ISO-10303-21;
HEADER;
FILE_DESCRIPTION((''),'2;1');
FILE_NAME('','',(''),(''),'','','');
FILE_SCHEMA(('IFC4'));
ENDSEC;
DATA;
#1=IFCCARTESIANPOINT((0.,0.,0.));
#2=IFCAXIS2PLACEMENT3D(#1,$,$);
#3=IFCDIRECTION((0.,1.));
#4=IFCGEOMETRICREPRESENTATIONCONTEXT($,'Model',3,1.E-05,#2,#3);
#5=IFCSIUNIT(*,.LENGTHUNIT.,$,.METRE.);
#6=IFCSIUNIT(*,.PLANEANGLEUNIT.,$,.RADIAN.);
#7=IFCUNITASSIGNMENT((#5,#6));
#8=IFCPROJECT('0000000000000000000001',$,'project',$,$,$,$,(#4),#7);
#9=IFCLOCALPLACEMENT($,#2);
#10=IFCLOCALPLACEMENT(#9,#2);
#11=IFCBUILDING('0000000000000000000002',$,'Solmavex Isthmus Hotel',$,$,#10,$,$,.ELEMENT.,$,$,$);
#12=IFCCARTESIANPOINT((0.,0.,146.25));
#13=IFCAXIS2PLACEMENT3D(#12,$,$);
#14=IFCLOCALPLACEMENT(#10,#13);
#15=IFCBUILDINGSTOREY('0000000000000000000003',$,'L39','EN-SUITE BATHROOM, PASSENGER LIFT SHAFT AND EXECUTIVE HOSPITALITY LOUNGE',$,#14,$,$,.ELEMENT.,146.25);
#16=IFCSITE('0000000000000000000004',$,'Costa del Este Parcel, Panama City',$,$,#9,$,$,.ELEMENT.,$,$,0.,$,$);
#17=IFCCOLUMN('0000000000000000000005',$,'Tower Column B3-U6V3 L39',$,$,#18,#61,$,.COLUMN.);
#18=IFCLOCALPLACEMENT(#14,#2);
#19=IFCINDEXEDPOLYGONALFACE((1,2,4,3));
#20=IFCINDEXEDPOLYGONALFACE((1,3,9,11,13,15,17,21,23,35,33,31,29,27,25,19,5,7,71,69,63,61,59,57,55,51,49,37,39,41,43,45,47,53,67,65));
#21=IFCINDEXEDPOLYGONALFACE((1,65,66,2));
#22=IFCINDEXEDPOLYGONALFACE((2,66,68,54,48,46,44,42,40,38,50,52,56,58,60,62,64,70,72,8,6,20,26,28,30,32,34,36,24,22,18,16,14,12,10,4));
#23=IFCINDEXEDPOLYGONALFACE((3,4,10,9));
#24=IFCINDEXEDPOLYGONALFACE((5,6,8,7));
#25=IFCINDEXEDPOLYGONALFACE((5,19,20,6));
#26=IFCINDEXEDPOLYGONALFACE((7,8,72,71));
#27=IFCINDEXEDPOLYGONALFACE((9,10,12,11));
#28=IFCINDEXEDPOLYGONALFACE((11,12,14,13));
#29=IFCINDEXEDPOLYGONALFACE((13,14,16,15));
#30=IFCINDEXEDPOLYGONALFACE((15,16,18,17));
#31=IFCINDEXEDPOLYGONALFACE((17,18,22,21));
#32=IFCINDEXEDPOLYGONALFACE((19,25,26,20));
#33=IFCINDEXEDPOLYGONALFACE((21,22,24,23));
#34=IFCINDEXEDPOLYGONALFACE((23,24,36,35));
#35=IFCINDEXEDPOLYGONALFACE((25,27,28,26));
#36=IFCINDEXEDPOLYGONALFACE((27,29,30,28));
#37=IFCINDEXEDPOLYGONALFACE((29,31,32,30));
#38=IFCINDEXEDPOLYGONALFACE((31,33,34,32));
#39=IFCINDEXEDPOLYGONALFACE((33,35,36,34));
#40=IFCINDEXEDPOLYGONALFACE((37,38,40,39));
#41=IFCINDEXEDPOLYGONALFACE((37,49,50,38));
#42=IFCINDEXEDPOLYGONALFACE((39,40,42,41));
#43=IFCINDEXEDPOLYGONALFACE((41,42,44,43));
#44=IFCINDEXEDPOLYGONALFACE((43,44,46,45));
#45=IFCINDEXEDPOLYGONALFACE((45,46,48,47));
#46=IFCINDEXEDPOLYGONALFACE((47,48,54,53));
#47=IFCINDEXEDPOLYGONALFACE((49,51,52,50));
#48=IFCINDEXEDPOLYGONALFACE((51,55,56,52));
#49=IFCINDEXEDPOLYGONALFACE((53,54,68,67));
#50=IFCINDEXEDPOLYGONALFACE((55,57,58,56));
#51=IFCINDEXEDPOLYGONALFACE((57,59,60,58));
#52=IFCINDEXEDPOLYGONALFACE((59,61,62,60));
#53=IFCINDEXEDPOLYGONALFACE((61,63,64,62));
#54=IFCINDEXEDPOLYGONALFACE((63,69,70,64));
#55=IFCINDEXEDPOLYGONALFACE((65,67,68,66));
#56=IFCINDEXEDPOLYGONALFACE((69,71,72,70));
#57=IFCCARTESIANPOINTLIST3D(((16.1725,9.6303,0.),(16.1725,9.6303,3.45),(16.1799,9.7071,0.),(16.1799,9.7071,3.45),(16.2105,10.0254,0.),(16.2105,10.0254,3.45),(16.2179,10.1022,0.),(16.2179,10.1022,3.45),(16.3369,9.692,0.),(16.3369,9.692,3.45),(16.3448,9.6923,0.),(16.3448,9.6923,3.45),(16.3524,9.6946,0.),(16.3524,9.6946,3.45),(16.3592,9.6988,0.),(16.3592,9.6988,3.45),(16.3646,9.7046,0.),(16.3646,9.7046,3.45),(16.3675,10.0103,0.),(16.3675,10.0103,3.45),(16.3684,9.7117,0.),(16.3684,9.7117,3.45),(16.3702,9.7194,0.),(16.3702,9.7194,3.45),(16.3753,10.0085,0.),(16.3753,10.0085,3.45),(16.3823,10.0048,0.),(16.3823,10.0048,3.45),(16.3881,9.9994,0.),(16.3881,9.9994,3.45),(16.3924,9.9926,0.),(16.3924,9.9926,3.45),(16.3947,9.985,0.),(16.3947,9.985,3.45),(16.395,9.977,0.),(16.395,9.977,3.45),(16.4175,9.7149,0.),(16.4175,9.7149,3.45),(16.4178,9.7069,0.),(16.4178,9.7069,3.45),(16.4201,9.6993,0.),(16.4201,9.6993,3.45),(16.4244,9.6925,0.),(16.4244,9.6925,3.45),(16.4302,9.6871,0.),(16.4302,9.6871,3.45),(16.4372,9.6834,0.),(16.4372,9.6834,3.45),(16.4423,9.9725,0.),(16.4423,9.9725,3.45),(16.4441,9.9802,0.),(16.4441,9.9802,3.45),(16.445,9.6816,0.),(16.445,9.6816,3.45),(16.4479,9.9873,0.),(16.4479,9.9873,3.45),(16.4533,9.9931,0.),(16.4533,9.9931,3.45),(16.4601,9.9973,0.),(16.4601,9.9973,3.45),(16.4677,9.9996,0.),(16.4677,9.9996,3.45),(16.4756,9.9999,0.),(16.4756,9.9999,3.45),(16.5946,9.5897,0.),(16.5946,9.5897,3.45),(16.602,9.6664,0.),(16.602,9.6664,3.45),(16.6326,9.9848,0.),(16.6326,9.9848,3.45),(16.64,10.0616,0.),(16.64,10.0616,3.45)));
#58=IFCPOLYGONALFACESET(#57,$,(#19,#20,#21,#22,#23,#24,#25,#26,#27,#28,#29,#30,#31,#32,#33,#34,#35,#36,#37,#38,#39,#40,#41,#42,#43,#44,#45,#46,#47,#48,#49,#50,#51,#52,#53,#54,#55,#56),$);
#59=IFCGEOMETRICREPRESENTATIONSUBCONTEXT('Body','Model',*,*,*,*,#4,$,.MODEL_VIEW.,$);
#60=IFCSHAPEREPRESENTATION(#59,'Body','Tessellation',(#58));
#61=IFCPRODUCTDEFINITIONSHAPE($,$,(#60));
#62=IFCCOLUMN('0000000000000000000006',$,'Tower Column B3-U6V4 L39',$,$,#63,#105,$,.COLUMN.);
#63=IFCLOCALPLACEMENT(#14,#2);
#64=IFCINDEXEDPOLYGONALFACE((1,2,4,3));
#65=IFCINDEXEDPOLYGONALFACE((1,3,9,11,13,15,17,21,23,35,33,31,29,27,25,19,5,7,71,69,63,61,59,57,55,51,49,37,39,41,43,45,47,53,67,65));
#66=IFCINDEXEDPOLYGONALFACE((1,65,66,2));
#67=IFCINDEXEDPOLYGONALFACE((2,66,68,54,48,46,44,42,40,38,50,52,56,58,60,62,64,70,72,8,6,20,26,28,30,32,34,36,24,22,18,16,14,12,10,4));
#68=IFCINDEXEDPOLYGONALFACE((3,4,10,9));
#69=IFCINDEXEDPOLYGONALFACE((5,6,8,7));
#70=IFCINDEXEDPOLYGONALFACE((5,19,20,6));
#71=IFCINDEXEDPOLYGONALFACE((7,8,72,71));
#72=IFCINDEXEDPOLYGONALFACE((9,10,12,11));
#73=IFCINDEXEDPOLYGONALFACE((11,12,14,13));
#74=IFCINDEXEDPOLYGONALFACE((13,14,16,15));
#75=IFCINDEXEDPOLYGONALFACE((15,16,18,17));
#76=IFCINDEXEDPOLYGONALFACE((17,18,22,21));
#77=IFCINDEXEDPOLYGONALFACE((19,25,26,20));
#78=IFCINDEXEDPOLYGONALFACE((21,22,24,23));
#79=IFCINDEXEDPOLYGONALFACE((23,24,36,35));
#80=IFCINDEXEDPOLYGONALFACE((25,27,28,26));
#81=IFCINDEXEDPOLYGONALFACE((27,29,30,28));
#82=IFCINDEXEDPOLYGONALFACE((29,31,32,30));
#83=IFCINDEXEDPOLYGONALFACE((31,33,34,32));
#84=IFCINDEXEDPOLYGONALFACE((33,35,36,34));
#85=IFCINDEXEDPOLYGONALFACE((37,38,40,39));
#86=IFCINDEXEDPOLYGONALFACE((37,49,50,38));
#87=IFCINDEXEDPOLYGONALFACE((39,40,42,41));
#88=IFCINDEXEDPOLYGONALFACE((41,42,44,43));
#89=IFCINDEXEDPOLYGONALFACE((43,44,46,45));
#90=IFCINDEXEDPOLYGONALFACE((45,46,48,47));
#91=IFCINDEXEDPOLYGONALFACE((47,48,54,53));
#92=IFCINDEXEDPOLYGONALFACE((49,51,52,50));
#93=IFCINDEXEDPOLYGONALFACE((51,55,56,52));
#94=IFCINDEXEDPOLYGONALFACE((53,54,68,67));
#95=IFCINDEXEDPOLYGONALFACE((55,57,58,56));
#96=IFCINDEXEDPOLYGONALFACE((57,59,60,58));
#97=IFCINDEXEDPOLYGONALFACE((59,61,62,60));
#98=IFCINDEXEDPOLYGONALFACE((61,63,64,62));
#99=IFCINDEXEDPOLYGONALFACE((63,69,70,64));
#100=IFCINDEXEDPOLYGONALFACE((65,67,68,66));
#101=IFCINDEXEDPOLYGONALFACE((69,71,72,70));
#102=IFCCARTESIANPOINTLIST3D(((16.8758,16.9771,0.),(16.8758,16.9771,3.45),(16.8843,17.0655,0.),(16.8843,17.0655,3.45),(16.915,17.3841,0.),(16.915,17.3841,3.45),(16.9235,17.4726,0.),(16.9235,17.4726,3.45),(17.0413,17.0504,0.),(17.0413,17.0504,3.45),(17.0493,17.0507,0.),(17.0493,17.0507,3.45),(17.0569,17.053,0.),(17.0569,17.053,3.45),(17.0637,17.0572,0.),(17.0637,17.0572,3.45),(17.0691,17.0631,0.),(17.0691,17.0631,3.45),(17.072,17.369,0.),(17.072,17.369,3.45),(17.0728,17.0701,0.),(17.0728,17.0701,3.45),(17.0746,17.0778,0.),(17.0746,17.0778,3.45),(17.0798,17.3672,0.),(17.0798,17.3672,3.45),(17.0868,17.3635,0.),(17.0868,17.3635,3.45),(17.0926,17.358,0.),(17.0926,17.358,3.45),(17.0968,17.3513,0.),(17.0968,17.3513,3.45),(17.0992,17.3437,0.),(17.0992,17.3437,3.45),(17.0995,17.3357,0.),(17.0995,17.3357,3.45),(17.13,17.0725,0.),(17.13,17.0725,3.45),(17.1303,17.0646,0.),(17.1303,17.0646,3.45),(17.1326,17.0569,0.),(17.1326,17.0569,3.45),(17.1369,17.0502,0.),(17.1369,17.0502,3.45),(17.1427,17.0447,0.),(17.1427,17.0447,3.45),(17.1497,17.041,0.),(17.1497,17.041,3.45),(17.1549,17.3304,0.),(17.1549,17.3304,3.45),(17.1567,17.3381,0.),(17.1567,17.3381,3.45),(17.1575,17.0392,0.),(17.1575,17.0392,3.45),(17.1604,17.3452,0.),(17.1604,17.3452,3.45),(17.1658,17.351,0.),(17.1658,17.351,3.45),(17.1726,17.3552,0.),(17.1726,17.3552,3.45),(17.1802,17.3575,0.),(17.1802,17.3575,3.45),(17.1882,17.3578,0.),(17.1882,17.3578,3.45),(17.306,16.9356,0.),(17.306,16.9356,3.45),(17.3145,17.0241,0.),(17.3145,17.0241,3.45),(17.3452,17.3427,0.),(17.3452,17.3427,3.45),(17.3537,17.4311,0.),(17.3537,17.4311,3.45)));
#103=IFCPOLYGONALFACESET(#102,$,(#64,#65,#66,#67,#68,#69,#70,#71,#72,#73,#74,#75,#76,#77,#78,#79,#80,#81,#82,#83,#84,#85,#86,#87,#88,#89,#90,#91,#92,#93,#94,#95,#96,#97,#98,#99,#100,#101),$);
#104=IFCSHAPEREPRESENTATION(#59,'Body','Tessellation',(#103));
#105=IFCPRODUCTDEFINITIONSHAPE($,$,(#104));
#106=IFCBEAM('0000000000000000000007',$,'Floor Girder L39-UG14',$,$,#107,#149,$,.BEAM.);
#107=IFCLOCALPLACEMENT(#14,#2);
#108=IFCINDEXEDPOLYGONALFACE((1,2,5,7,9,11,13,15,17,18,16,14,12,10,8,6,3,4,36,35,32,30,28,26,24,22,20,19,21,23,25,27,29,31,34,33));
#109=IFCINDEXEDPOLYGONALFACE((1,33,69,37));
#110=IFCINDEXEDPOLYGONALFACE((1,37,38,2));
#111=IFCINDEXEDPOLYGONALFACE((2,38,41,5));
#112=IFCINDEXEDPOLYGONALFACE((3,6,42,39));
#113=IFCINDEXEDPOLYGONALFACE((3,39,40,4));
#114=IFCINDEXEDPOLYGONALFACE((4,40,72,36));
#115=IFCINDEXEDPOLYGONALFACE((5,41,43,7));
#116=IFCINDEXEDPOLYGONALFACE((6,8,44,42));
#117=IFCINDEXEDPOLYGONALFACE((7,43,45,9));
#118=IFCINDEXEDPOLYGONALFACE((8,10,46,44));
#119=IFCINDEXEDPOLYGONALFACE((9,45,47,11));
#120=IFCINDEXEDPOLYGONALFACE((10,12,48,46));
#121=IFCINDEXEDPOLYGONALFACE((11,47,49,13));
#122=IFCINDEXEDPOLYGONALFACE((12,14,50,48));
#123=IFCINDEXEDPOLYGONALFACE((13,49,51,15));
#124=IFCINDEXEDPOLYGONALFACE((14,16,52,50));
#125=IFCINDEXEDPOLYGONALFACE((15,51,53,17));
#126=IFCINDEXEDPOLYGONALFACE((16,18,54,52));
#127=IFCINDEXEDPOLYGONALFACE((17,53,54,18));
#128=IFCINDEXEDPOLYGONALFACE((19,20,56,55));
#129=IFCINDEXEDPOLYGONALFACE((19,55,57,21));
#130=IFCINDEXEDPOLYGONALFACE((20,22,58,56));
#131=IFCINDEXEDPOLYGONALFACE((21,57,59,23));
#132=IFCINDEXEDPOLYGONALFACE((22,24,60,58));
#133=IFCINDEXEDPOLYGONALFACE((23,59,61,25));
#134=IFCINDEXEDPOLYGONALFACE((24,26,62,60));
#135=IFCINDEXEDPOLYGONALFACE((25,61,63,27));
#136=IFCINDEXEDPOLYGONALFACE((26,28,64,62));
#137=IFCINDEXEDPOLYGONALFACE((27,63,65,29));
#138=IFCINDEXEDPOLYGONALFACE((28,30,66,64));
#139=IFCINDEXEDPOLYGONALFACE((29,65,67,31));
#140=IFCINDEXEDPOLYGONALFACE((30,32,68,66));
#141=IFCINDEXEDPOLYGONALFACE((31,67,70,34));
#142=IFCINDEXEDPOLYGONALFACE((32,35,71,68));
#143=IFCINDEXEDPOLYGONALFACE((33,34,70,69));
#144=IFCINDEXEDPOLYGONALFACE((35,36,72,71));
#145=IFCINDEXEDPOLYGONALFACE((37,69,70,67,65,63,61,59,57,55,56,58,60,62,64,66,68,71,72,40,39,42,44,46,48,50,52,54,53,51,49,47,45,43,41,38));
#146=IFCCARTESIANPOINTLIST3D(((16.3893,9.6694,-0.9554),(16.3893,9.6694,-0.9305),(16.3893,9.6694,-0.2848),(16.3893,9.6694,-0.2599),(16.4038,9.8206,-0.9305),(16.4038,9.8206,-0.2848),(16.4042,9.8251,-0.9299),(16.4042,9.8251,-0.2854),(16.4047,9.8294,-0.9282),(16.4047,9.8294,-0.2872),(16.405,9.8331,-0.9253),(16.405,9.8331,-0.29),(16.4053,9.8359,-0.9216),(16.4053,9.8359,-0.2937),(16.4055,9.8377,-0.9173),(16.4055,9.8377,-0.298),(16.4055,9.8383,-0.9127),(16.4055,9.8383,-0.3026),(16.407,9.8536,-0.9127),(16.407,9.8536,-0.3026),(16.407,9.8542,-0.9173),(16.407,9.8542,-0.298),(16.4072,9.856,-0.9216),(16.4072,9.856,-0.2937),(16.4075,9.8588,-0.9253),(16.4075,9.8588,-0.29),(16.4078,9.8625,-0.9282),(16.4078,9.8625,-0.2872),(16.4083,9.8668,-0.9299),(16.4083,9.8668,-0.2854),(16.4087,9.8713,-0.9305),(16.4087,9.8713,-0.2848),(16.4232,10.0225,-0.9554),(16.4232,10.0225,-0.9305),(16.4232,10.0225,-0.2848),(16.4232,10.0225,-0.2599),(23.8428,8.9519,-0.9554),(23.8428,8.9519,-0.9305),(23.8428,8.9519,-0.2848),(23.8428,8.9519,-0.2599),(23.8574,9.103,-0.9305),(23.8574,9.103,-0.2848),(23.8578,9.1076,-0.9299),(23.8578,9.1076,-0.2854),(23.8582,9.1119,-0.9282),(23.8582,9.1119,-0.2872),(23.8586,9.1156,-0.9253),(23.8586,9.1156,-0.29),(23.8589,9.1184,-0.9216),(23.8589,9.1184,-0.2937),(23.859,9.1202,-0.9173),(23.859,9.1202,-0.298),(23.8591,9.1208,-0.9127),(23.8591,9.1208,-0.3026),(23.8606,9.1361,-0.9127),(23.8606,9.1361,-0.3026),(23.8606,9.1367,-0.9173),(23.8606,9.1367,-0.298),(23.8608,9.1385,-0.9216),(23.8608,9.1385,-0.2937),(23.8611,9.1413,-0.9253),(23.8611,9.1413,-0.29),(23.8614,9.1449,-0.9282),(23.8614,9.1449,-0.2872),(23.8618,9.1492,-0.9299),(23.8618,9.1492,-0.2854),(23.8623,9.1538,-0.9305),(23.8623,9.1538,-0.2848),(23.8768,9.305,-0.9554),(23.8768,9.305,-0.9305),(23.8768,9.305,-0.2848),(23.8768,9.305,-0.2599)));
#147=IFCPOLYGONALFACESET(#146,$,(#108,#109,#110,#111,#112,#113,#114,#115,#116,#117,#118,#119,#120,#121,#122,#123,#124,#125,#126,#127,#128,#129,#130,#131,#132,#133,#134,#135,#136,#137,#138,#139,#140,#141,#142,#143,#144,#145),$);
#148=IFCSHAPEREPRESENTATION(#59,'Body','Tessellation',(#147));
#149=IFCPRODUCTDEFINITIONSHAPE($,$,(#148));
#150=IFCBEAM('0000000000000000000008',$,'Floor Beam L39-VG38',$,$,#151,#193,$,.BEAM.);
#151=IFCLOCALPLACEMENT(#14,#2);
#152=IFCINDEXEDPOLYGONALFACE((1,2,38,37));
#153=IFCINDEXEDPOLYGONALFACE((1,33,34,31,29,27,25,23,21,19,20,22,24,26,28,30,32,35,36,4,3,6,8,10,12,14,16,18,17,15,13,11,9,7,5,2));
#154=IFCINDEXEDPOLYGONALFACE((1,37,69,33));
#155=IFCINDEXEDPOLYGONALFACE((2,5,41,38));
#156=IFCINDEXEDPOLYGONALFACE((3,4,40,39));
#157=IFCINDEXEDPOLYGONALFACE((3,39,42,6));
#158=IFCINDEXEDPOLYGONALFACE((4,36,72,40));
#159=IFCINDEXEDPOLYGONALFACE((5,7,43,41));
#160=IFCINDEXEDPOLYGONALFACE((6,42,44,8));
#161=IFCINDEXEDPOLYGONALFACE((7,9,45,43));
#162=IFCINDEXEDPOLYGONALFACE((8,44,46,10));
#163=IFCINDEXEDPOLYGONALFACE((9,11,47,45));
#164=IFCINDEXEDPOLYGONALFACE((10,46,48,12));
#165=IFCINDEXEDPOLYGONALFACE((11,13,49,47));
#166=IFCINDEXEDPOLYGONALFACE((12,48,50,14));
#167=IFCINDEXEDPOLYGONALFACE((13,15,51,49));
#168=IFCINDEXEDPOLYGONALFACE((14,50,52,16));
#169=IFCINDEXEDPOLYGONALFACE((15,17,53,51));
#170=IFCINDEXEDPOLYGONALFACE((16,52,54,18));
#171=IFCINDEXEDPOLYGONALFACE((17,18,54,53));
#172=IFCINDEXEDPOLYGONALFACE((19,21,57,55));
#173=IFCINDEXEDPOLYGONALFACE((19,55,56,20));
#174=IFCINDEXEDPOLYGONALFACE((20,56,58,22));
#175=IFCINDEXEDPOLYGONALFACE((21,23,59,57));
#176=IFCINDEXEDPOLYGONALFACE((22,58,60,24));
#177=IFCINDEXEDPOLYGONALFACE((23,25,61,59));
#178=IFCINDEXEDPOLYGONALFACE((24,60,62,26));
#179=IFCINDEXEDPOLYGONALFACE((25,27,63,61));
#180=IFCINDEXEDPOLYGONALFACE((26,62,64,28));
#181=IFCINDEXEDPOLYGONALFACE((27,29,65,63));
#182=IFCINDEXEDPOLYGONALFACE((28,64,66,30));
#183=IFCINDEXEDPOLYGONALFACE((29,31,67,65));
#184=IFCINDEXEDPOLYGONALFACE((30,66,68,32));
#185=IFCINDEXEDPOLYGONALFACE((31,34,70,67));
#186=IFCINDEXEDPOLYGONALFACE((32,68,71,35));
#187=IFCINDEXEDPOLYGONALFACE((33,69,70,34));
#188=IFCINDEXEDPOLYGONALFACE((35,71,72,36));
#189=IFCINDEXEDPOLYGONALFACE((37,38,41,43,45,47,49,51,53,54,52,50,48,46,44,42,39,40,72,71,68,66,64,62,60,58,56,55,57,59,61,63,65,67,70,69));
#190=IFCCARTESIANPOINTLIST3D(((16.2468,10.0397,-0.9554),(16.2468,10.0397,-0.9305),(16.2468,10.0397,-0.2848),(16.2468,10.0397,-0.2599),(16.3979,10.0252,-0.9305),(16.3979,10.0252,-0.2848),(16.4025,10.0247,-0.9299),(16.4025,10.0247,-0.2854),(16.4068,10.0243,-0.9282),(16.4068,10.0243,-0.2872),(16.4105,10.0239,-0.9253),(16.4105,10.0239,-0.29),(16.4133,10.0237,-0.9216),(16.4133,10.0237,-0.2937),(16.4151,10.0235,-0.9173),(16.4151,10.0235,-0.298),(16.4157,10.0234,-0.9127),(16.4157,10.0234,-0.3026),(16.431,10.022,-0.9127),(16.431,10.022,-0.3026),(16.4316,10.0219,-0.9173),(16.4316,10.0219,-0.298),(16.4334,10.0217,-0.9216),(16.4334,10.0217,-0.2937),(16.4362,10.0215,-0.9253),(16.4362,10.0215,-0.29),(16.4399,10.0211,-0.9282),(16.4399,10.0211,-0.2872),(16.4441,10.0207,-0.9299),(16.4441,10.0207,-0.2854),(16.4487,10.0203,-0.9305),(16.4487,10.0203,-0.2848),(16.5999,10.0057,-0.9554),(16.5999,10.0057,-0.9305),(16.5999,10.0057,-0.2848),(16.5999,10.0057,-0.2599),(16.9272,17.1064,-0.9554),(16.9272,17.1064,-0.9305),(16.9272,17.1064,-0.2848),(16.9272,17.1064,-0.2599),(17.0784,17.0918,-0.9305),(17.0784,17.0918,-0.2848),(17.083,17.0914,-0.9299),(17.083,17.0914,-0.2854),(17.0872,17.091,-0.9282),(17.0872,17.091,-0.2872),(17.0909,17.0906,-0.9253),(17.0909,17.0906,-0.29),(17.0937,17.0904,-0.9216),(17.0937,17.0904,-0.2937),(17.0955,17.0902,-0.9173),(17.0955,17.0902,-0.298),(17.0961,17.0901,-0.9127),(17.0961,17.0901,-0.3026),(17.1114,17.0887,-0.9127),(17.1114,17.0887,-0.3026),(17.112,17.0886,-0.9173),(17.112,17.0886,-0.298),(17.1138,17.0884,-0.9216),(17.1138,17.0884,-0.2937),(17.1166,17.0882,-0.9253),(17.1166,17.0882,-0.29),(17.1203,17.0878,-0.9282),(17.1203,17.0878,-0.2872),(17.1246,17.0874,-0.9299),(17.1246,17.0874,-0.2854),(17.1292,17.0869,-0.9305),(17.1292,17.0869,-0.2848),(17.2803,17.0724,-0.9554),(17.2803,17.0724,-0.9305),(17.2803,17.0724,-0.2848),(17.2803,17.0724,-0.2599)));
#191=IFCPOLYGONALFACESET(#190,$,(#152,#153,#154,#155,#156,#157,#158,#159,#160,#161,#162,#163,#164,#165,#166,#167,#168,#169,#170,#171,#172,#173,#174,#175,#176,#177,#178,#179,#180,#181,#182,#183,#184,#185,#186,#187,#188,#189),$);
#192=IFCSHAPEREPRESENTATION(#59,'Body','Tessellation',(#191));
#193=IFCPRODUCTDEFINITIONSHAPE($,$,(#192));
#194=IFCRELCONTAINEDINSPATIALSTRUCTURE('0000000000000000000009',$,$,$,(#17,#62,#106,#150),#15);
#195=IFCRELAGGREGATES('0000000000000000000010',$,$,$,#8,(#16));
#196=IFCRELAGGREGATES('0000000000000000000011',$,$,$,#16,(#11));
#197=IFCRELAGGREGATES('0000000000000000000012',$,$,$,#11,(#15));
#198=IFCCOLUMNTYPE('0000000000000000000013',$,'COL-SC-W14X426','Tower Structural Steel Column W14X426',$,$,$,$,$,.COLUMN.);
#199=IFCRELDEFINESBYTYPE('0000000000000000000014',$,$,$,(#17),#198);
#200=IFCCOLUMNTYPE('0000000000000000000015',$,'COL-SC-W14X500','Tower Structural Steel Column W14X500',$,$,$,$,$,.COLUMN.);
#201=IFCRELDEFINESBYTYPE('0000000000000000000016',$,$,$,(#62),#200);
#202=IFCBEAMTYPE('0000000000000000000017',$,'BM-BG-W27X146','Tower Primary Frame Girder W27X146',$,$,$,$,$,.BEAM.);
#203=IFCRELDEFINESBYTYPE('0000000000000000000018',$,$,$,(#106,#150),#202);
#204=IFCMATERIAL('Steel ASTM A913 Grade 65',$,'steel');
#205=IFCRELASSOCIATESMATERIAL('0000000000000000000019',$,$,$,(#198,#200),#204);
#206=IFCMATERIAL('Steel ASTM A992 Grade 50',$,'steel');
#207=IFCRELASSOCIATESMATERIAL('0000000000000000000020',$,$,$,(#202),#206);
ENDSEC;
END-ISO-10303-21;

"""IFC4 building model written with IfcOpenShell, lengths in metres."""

from ifc_helpers import new_model, si_unit, direction, frame, origin, origin_2d, place, context, subcontext, project, spatial, i_section, extrude, material, material_profile, profile_set, type_object, element, save


model = new_model("IFC4")

# Units and contexts
model_context = context("Model", 3, precision=1e-05, world=origin(), true_north=direction((0.0, 1.0)))
body_context = subcontext(model_context, "Body", "Model", "MODEL_VIEW")
ifc_project = project(units=[si_unit("LENGTHUNIT", "METRE"), si_unit("PLANEANGLEUNIT", "RADIAN")], contexts=[model_context])

# Site, building, storey
site_placement = place(None, origin())
site = spatial("IfcSite", under=ifc_project, at=site_placement, Name="Costa del Este Parcel, Panama City", CompositionType="ELEMENT", RefElevation=0.0)
building_placement = place(site_placement, origin())
building = spatial("IfcBuilding", under=site, at=building_placement, Name="Solmavex Isthmus Hotel", CompositionType="ELEMENT")
storey_placement = place(building_placement, frame((0.0, 0.0, 146.25)))
storey = spatial("IfcBuildingStorey", under=building, at=storey_placement, Name="L39", Description="EN-SUITE BATHROOM, PASSENGER LIFT SHAFT AND EXECUTIVE HOSPITALITY LOUNGE", CompositionType="ELEMENT", Elevation=146.25)

# Columns
ifc_material_1 = material(Name="Steel ASTM A913 Grade 65", Category="steel")
ifc_material_profile_1 = material_profile(ifc_material_1, i_section(OverallWidth=0.4241, OverallDepth=0.4741, WebThickness=0.0476, FlangeThickness=0.0771, FilletRadius=0.0305, at=origin_2d()), Name="W14X426")
ifc_profile_set_1 = profile_set([ifc_material_profile_1], Name="Steel ASTM A913 Grade 65")
column_type_1 = type_object("IfcColumnType", Name="COL-SC-W14X426", Description="Tower Structural Steel Column W14X426", PredefinedType="COLUMN", material=ifc_profile_set_1)
column_1_placement = place(storey_placement, frame((16.4062, 9.8459, 0.0), z_axis=(0.0, 0.0, 1.0), x_axis=(0.995396, -0.095846, 0.0)))
element("IfcColumn", 1, at=column_1_placement, inside=storey, type_object=column_type_1, Name="Tower Column B3-U6V3 L39", PredefinedType="COLUMN", context=body_context, shape_type="SweptSolid", body=[
    extrude(i_section(OverallWidth=0.4241, OverallDepth=0.4741, WebThickness=0.0476, FlangeThickness=0.0771, FilletRadius=0.0305, at=origin_2d()), origin(), (0.0, 0.0, 1.0), 3.45),
])
ifc_material_profile_2 = material_profile(ifc_material_1, i_section(OverallWidth=0.4321, OverallDepth=0.4978, WebThickness=0.0557, FlangeThickness=0.0889, FilletRadius=0.0305, at=origin_2d()), Name="W14X500")
ifc_profile_set_2 = profile_set([ifc_material_profile_2], Name="Steel ASTM A913 Grade 65")
column_type_2 = type_object("IfcColumnType", Name="COL-SC-W14X500", Description="Tower Structural Steel Column W14X500", PredefinedType="COLUMN", material=ifc_profile_set_2)
column_2_placement = place(storey_placement, frame((17.1147, 17.2041, 0.0), z_axis=(0.0, 0.0, 1.0), x_axis=(0.995396, -0.095846, 0.0)))
element("IfcColumn", 2, at=column_2_placement, inside=storey, type_object=column_type_2, Name="Tower Column B3-U6V4 L39", PredefinedType="COLUMN", context=body_context, shape_type="SweptSolid", body=[
    extrude(i_section(OverallWidth=0.4321, OverallDepth=0.4978, WebThickness=0.0557, FlangeThickness=0.0889, FilletRadius=0.0305, at=origin_2d()), origin(), (0.0, 0.0, 1.0), 3.45),
])

# Beams
ifc_material_2 = material(Name="Steel ASTM A992 Grade 50", Category="steel")
ifc_material_profile_3 = material_profile(ifc_material_2, i_section(OverallWidth=0.3547, OverallDepth=0.6956, WebThickness=0.0154, FlangeThickness=0.0249, FilletRadius=0.0178, at=origin_2d()), Name="W27X146")
ifc_profile_set_3 = profile_set([ifc_material_profile_3], Name="Steel ASTM A992 Grade 50")
beam_type_1 = type_object("IfcBeamType", Name="BM-BG-W27X146", Description="Tower Primary Frame Girder W27X146", PredefinedType="BEAM", material=ifc_profile_set_3)
beam_1_placement = place(storey_placement, frame((16.4062, 9.8459, -0.6077), z_axis=(0.995398, -0.095823, 0.0), x_axis=(0.095823, 0.995398, 0.0)))
element("IfcBeam", 3, at=beam_1_placement, inside=storey, type_object=beam_type_1, Name="Floor Girder L39-UG14", PredefinedType="BEAM", context=body_context, shape_type="SweptSolid", body=[
    extrude(i_section(OverallWidth=0.3547, OverallDepth=0.6956, WebThickness=0.0154, FlangeThickness=0.0249, FilletRadius=0.0178, at=origin_2d()), origin(), (0.0, 0.0, 1.0), 7.488),
])
beam_2_placement = place(storey_placement, frame((16.4233, 10.0227, -0.6077), z_axis=(0.095843, 0.995396, 0.0), x_axis=(-0.995396, 0.095843, 0.0)))
element("IfcBeam", 4, at=beam_2_placement, inside=storey, type_object=beam_type_1, Name="Floor Beam L39-VG38", PredefinedType="BEAM", context=body_context, shape_type="SweptSolid", body=[
    extrude(i_section(OverallWidth=0.3547, OverallDepth=0.6956, WebThickness=0.0154, FlangeThickness=0.0249, FilletRadius=0.0178, at=origin_2d()), origin(), (0.0, 0.0, 1.0), 7.0994),
])

save(model, "model.ifc")
